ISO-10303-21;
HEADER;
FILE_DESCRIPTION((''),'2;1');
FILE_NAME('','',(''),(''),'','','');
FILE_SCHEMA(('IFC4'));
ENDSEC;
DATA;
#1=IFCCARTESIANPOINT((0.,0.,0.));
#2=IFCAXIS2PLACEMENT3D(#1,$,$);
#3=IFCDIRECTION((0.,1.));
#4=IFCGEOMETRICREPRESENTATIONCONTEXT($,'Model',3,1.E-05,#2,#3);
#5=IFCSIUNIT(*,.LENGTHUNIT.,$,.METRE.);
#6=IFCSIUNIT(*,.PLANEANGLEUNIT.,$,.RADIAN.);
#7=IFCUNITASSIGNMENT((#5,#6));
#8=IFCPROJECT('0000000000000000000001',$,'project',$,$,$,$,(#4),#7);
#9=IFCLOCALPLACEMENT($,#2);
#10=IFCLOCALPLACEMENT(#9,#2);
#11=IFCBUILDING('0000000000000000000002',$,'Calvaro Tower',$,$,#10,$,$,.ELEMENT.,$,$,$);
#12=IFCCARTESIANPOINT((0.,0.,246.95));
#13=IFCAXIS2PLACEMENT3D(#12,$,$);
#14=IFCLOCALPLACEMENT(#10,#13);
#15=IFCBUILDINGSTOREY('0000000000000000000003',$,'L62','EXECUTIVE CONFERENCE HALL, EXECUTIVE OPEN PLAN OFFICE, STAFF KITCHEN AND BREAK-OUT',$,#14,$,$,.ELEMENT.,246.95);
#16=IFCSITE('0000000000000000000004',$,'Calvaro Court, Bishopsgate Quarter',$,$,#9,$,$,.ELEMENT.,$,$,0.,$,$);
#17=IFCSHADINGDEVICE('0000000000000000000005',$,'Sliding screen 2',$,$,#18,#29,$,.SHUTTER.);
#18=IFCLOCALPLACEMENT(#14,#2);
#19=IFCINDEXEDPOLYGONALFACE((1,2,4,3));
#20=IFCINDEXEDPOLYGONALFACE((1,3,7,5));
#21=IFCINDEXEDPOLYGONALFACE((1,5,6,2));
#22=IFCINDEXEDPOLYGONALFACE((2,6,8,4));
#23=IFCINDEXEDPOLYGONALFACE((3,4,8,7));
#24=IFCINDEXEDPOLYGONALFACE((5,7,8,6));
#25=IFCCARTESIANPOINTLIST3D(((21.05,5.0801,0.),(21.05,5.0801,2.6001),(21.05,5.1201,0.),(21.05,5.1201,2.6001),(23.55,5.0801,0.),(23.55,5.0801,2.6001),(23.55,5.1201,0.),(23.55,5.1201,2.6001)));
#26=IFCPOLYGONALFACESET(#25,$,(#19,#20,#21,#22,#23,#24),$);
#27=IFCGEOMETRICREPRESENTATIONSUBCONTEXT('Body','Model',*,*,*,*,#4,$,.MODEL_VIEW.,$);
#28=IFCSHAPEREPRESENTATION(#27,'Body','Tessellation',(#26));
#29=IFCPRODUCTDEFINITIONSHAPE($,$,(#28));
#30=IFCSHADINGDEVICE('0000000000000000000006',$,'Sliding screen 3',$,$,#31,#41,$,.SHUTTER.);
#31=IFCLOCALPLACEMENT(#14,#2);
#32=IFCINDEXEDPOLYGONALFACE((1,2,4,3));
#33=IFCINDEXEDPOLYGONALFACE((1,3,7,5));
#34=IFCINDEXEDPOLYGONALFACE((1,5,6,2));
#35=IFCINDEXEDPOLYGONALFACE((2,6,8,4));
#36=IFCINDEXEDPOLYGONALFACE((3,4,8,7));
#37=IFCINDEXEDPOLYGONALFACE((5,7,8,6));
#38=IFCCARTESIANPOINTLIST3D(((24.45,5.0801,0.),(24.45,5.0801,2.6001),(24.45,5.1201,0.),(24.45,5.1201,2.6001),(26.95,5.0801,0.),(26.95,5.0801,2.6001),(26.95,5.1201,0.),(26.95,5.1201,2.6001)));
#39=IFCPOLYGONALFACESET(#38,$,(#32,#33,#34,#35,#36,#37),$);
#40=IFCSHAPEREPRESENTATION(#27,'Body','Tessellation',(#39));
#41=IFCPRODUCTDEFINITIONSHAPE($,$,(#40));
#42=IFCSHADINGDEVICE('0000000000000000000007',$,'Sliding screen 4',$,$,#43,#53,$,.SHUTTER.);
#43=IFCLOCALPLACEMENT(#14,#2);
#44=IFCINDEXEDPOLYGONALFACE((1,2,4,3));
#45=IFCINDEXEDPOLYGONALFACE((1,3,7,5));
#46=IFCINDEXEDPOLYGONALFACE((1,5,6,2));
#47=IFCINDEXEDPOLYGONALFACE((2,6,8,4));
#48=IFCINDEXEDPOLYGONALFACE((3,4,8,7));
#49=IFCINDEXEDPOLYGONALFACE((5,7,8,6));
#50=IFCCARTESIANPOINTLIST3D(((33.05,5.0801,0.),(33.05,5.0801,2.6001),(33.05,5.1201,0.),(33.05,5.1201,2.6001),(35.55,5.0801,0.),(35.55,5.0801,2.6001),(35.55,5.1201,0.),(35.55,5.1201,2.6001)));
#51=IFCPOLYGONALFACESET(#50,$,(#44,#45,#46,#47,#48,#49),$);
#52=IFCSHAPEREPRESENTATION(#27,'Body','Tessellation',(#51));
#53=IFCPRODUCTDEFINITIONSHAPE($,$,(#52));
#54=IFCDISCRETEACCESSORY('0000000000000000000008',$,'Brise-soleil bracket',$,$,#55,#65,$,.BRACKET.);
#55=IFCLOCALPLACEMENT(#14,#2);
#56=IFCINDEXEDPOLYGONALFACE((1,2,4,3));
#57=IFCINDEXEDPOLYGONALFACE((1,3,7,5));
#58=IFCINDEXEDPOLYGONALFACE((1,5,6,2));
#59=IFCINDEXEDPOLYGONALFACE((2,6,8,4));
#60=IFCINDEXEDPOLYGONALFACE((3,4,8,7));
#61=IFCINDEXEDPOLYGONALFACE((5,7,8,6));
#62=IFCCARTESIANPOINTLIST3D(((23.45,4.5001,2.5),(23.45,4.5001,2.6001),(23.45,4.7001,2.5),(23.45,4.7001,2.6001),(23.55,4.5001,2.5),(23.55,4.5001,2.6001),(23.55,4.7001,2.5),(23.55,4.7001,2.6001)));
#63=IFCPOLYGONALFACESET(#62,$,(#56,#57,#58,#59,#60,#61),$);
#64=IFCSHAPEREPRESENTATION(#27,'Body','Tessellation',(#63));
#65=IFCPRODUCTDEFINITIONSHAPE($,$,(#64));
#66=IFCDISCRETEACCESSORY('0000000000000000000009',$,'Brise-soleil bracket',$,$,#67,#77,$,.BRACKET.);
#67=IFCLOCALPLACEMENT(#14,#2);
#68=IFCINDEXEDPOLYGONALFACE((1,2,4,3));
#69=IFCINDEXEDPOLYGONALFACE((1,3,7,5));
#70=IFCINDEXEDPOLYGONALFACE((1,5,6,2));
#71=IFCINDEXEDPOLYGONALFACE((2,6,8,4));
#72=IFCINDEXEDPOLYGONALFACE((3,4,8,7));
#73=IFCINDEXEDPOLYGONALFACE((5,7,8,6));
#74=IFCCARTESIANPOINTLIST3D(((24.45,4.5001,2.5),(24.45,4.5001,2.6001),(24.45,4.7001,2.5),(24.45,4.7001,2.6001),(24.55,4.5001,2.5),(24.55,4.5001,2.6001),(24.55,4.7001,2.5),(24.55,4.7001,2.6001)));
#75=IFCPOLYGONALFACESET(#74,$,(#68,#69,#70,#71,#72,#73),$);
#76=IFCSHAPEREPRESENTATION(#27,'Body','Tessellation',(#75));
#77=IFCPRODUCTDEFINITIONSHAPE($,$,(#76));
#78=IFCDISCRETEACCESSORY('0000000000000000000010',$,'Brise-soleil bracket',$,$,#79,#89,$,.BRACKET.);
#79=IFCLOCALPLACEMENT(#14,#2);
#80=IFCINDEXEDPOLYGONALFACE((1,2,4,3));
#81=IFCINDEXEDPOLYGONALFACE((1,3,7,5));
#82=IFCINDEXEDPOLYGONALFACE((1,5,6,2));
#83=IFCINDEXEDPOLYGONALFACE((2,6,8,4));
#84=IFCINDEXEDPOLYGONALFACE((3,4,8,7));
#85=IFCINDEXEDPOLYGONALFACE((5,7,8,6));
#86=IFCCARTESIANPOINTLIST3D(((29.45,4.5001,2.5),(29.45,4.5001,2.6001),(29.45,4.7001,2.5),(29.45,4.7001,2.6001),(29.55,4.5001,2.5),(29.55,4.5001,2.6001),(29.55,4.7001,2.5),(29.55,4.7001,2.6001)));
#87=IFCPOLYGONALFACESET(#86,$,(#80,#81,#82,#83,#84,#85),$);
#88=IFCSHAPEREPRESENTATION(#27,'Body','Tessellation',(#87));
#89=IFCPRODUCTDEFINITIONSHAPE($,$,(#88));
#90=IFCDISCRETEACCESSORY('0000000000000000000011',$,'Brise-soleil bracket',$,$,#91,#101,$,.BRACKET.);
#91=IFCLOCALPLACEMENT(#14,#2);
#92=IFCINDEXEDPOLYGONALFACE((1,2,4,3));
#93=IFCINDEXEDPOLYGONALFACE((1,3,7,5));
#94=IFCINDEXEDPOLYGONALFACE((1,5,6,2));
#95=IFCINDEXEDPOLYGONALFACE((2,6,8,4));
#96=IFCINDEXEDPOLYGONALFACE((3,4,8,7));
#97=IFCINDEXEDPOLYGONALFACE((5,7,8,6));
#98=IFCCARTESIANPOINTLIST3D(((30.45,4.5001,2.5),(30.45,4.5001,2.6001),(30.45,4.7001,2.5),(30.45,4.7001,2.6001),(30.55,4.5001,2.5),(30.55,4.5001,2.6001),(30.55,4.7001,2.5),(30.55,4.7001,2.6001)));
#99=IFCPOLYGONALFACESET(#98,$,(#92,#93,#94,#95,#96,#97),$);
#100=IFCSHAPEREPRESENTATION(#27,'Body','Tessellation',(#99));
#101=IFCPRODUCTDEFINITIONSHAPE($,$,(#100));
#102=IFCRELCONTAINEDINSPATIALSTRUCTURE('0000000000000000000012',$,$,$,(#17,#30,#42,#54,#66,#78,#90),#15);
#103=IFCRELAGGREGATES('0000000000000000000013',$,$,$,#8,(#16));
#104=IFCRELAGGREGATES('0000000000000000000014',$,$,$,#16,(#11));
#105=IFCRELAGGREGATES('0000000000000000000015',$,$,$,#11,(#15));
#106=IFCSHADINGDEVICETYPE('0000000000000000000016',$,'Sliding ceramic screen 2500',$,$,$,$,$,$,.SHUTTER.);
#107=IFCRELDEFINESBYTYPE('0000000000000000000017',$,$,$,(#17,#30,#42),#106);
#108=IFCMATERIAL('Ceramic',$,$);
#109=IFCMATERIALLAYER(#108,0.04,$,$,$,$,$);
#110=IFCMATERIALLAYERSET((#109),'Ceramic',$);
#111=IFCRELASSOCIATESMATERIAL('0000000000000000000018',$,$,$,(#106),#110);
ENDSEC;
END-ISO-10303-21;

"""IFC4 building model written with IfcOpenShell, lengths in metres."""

from ifc_helpers import new_model, si_unit, direction, frame, origin, origin_2d, place, context, subcontext, project, spatial, rectangle, extrude, material, layer, layer_set, type_object, element, save


model = new_model("IFC4")

# Units and contexts
model_context = context("Model", 3, precision=1e-05, world=origin(), true_north=direction((0.0, 1.0)))
body_context = subcontext(model_context, "Body", "Model", "MODEL_VIEW")
ifc_project = project(units=[si_unit("LENGTHUNIT", "METRE"), si_unit("PLANEANGLEUNIT", "RADIAN")], contexts=[model_context])

# Site, building, storey
site_placement = place(None, origin())
site = spatial("IfcSite", under=ifc_project, at=site_placement, Name="Calvaro Court, Bishopsgate Quarter", CompositionType="ELEMENT", RefElevation=0.0)
building_placement = place(site_placement, origin())
building = spatial("IfcBuilding", under=site, at=building_placement, Name="Calvaro Tower", CompositionType="ELEMENT")
storey_placement = place(building_placement, frame((0.0, 0.0, 246.95)))
storey = spatial("IfcBuildingStorey", under=building, at=storey_placement, Name="L62", Description="EXECUTIVE CONFERENCE HALL, EXECUTIVE OPEN PLAN OFFICE, STAFF KITCHEN AND BREAK-OUT", CompositionType="ELEMENT", Elevation=246.95)

# Shading devices
ifc_material_1 = material(Name="Ceramic")
ifc_layer_1 = layer(ifc_material_1, 0.04)
ifc_layer_set_1 = layer_set([ifc_layer_1], Name="Ceramic")
shading_device_type_1 = type_object("IfcShadingDeviceType", Name="Sliding ceramic screen 2500", PredefinedType="SHUTTER", material=ifc_layer_set_1)
for number, where, z_axis, x_axis, name in (
    (1, (22.3, 5.1001, 0.0), (0.0, 0.0, 1.0), (1.0, 0.0, 0.0), "Sliding screen 2"),
    (2, (25.7, 5.1001, 0.0), (0.0, 0.0, 1.0), (1.0, 0.0, 0.0), "Sliding screen 3"),
    (3, (34.3, 5.1001, 0.0), (0.0, 0.0, 1.0), (1.0, 0.0, 0.0), "Sliding screen 4"),
):
    element("IfcShadingDevice", number, at=place(storey_placement, frame(where, z_axis=z_axis, x_axis=x_axis)), inside=storey, type_object=shading_device_type_1, Name=name, PredefinedType="SHUTTER", context=body_context, shape_type="SweptSolid", body=[
        extrude(rectangle(XDim=2.5, YDim=0.04, at=origin_2d()), origin(), (0.0, 0.0, 1.0), 2.6001),
    ])

# Discrete accessories
for number, where, z_axis, x_axis, name in (
    (4, (23.5, 4.6001, 2.5), (0.0, 0.0, 1.0), (1.0, 0.0, 0.0), "Brise-soleil bracket"),
    (5, (24.5, 4.6001, 2.5), (0.0, 0.0, 1.0), (1.0, 0.0, 0.0), "Brise-soleil bracket"),
    (6, (29.5, 4.6001, 2.5), (0.0, 0.0, 1.0), (1.0, 0.0, 0.0), "Brise-soleil bracket"),
    (7, (30.5, 4.6001, 2.5), (0.0, 0.0, 1.0), (1.0, 0.0, 0.0), "Brise-soleil bracket"),
):
    element("IfcDiscreteAccessory", number, at=place(storey_placement, frame(where, z_axis=z_axis, x_axis=x_axis)), inside=storey, Name=name, PredefinedType="BRACKET", context=body_context, shape_type="SweptSolid", body=[
        extrude(rectangle(XDim=0.1001, YDim=0.2, at=origin_2d()), origin(), (0.0, 0.0, 1.0), 0.1001),
    ])

save(model, "model.ifc")
